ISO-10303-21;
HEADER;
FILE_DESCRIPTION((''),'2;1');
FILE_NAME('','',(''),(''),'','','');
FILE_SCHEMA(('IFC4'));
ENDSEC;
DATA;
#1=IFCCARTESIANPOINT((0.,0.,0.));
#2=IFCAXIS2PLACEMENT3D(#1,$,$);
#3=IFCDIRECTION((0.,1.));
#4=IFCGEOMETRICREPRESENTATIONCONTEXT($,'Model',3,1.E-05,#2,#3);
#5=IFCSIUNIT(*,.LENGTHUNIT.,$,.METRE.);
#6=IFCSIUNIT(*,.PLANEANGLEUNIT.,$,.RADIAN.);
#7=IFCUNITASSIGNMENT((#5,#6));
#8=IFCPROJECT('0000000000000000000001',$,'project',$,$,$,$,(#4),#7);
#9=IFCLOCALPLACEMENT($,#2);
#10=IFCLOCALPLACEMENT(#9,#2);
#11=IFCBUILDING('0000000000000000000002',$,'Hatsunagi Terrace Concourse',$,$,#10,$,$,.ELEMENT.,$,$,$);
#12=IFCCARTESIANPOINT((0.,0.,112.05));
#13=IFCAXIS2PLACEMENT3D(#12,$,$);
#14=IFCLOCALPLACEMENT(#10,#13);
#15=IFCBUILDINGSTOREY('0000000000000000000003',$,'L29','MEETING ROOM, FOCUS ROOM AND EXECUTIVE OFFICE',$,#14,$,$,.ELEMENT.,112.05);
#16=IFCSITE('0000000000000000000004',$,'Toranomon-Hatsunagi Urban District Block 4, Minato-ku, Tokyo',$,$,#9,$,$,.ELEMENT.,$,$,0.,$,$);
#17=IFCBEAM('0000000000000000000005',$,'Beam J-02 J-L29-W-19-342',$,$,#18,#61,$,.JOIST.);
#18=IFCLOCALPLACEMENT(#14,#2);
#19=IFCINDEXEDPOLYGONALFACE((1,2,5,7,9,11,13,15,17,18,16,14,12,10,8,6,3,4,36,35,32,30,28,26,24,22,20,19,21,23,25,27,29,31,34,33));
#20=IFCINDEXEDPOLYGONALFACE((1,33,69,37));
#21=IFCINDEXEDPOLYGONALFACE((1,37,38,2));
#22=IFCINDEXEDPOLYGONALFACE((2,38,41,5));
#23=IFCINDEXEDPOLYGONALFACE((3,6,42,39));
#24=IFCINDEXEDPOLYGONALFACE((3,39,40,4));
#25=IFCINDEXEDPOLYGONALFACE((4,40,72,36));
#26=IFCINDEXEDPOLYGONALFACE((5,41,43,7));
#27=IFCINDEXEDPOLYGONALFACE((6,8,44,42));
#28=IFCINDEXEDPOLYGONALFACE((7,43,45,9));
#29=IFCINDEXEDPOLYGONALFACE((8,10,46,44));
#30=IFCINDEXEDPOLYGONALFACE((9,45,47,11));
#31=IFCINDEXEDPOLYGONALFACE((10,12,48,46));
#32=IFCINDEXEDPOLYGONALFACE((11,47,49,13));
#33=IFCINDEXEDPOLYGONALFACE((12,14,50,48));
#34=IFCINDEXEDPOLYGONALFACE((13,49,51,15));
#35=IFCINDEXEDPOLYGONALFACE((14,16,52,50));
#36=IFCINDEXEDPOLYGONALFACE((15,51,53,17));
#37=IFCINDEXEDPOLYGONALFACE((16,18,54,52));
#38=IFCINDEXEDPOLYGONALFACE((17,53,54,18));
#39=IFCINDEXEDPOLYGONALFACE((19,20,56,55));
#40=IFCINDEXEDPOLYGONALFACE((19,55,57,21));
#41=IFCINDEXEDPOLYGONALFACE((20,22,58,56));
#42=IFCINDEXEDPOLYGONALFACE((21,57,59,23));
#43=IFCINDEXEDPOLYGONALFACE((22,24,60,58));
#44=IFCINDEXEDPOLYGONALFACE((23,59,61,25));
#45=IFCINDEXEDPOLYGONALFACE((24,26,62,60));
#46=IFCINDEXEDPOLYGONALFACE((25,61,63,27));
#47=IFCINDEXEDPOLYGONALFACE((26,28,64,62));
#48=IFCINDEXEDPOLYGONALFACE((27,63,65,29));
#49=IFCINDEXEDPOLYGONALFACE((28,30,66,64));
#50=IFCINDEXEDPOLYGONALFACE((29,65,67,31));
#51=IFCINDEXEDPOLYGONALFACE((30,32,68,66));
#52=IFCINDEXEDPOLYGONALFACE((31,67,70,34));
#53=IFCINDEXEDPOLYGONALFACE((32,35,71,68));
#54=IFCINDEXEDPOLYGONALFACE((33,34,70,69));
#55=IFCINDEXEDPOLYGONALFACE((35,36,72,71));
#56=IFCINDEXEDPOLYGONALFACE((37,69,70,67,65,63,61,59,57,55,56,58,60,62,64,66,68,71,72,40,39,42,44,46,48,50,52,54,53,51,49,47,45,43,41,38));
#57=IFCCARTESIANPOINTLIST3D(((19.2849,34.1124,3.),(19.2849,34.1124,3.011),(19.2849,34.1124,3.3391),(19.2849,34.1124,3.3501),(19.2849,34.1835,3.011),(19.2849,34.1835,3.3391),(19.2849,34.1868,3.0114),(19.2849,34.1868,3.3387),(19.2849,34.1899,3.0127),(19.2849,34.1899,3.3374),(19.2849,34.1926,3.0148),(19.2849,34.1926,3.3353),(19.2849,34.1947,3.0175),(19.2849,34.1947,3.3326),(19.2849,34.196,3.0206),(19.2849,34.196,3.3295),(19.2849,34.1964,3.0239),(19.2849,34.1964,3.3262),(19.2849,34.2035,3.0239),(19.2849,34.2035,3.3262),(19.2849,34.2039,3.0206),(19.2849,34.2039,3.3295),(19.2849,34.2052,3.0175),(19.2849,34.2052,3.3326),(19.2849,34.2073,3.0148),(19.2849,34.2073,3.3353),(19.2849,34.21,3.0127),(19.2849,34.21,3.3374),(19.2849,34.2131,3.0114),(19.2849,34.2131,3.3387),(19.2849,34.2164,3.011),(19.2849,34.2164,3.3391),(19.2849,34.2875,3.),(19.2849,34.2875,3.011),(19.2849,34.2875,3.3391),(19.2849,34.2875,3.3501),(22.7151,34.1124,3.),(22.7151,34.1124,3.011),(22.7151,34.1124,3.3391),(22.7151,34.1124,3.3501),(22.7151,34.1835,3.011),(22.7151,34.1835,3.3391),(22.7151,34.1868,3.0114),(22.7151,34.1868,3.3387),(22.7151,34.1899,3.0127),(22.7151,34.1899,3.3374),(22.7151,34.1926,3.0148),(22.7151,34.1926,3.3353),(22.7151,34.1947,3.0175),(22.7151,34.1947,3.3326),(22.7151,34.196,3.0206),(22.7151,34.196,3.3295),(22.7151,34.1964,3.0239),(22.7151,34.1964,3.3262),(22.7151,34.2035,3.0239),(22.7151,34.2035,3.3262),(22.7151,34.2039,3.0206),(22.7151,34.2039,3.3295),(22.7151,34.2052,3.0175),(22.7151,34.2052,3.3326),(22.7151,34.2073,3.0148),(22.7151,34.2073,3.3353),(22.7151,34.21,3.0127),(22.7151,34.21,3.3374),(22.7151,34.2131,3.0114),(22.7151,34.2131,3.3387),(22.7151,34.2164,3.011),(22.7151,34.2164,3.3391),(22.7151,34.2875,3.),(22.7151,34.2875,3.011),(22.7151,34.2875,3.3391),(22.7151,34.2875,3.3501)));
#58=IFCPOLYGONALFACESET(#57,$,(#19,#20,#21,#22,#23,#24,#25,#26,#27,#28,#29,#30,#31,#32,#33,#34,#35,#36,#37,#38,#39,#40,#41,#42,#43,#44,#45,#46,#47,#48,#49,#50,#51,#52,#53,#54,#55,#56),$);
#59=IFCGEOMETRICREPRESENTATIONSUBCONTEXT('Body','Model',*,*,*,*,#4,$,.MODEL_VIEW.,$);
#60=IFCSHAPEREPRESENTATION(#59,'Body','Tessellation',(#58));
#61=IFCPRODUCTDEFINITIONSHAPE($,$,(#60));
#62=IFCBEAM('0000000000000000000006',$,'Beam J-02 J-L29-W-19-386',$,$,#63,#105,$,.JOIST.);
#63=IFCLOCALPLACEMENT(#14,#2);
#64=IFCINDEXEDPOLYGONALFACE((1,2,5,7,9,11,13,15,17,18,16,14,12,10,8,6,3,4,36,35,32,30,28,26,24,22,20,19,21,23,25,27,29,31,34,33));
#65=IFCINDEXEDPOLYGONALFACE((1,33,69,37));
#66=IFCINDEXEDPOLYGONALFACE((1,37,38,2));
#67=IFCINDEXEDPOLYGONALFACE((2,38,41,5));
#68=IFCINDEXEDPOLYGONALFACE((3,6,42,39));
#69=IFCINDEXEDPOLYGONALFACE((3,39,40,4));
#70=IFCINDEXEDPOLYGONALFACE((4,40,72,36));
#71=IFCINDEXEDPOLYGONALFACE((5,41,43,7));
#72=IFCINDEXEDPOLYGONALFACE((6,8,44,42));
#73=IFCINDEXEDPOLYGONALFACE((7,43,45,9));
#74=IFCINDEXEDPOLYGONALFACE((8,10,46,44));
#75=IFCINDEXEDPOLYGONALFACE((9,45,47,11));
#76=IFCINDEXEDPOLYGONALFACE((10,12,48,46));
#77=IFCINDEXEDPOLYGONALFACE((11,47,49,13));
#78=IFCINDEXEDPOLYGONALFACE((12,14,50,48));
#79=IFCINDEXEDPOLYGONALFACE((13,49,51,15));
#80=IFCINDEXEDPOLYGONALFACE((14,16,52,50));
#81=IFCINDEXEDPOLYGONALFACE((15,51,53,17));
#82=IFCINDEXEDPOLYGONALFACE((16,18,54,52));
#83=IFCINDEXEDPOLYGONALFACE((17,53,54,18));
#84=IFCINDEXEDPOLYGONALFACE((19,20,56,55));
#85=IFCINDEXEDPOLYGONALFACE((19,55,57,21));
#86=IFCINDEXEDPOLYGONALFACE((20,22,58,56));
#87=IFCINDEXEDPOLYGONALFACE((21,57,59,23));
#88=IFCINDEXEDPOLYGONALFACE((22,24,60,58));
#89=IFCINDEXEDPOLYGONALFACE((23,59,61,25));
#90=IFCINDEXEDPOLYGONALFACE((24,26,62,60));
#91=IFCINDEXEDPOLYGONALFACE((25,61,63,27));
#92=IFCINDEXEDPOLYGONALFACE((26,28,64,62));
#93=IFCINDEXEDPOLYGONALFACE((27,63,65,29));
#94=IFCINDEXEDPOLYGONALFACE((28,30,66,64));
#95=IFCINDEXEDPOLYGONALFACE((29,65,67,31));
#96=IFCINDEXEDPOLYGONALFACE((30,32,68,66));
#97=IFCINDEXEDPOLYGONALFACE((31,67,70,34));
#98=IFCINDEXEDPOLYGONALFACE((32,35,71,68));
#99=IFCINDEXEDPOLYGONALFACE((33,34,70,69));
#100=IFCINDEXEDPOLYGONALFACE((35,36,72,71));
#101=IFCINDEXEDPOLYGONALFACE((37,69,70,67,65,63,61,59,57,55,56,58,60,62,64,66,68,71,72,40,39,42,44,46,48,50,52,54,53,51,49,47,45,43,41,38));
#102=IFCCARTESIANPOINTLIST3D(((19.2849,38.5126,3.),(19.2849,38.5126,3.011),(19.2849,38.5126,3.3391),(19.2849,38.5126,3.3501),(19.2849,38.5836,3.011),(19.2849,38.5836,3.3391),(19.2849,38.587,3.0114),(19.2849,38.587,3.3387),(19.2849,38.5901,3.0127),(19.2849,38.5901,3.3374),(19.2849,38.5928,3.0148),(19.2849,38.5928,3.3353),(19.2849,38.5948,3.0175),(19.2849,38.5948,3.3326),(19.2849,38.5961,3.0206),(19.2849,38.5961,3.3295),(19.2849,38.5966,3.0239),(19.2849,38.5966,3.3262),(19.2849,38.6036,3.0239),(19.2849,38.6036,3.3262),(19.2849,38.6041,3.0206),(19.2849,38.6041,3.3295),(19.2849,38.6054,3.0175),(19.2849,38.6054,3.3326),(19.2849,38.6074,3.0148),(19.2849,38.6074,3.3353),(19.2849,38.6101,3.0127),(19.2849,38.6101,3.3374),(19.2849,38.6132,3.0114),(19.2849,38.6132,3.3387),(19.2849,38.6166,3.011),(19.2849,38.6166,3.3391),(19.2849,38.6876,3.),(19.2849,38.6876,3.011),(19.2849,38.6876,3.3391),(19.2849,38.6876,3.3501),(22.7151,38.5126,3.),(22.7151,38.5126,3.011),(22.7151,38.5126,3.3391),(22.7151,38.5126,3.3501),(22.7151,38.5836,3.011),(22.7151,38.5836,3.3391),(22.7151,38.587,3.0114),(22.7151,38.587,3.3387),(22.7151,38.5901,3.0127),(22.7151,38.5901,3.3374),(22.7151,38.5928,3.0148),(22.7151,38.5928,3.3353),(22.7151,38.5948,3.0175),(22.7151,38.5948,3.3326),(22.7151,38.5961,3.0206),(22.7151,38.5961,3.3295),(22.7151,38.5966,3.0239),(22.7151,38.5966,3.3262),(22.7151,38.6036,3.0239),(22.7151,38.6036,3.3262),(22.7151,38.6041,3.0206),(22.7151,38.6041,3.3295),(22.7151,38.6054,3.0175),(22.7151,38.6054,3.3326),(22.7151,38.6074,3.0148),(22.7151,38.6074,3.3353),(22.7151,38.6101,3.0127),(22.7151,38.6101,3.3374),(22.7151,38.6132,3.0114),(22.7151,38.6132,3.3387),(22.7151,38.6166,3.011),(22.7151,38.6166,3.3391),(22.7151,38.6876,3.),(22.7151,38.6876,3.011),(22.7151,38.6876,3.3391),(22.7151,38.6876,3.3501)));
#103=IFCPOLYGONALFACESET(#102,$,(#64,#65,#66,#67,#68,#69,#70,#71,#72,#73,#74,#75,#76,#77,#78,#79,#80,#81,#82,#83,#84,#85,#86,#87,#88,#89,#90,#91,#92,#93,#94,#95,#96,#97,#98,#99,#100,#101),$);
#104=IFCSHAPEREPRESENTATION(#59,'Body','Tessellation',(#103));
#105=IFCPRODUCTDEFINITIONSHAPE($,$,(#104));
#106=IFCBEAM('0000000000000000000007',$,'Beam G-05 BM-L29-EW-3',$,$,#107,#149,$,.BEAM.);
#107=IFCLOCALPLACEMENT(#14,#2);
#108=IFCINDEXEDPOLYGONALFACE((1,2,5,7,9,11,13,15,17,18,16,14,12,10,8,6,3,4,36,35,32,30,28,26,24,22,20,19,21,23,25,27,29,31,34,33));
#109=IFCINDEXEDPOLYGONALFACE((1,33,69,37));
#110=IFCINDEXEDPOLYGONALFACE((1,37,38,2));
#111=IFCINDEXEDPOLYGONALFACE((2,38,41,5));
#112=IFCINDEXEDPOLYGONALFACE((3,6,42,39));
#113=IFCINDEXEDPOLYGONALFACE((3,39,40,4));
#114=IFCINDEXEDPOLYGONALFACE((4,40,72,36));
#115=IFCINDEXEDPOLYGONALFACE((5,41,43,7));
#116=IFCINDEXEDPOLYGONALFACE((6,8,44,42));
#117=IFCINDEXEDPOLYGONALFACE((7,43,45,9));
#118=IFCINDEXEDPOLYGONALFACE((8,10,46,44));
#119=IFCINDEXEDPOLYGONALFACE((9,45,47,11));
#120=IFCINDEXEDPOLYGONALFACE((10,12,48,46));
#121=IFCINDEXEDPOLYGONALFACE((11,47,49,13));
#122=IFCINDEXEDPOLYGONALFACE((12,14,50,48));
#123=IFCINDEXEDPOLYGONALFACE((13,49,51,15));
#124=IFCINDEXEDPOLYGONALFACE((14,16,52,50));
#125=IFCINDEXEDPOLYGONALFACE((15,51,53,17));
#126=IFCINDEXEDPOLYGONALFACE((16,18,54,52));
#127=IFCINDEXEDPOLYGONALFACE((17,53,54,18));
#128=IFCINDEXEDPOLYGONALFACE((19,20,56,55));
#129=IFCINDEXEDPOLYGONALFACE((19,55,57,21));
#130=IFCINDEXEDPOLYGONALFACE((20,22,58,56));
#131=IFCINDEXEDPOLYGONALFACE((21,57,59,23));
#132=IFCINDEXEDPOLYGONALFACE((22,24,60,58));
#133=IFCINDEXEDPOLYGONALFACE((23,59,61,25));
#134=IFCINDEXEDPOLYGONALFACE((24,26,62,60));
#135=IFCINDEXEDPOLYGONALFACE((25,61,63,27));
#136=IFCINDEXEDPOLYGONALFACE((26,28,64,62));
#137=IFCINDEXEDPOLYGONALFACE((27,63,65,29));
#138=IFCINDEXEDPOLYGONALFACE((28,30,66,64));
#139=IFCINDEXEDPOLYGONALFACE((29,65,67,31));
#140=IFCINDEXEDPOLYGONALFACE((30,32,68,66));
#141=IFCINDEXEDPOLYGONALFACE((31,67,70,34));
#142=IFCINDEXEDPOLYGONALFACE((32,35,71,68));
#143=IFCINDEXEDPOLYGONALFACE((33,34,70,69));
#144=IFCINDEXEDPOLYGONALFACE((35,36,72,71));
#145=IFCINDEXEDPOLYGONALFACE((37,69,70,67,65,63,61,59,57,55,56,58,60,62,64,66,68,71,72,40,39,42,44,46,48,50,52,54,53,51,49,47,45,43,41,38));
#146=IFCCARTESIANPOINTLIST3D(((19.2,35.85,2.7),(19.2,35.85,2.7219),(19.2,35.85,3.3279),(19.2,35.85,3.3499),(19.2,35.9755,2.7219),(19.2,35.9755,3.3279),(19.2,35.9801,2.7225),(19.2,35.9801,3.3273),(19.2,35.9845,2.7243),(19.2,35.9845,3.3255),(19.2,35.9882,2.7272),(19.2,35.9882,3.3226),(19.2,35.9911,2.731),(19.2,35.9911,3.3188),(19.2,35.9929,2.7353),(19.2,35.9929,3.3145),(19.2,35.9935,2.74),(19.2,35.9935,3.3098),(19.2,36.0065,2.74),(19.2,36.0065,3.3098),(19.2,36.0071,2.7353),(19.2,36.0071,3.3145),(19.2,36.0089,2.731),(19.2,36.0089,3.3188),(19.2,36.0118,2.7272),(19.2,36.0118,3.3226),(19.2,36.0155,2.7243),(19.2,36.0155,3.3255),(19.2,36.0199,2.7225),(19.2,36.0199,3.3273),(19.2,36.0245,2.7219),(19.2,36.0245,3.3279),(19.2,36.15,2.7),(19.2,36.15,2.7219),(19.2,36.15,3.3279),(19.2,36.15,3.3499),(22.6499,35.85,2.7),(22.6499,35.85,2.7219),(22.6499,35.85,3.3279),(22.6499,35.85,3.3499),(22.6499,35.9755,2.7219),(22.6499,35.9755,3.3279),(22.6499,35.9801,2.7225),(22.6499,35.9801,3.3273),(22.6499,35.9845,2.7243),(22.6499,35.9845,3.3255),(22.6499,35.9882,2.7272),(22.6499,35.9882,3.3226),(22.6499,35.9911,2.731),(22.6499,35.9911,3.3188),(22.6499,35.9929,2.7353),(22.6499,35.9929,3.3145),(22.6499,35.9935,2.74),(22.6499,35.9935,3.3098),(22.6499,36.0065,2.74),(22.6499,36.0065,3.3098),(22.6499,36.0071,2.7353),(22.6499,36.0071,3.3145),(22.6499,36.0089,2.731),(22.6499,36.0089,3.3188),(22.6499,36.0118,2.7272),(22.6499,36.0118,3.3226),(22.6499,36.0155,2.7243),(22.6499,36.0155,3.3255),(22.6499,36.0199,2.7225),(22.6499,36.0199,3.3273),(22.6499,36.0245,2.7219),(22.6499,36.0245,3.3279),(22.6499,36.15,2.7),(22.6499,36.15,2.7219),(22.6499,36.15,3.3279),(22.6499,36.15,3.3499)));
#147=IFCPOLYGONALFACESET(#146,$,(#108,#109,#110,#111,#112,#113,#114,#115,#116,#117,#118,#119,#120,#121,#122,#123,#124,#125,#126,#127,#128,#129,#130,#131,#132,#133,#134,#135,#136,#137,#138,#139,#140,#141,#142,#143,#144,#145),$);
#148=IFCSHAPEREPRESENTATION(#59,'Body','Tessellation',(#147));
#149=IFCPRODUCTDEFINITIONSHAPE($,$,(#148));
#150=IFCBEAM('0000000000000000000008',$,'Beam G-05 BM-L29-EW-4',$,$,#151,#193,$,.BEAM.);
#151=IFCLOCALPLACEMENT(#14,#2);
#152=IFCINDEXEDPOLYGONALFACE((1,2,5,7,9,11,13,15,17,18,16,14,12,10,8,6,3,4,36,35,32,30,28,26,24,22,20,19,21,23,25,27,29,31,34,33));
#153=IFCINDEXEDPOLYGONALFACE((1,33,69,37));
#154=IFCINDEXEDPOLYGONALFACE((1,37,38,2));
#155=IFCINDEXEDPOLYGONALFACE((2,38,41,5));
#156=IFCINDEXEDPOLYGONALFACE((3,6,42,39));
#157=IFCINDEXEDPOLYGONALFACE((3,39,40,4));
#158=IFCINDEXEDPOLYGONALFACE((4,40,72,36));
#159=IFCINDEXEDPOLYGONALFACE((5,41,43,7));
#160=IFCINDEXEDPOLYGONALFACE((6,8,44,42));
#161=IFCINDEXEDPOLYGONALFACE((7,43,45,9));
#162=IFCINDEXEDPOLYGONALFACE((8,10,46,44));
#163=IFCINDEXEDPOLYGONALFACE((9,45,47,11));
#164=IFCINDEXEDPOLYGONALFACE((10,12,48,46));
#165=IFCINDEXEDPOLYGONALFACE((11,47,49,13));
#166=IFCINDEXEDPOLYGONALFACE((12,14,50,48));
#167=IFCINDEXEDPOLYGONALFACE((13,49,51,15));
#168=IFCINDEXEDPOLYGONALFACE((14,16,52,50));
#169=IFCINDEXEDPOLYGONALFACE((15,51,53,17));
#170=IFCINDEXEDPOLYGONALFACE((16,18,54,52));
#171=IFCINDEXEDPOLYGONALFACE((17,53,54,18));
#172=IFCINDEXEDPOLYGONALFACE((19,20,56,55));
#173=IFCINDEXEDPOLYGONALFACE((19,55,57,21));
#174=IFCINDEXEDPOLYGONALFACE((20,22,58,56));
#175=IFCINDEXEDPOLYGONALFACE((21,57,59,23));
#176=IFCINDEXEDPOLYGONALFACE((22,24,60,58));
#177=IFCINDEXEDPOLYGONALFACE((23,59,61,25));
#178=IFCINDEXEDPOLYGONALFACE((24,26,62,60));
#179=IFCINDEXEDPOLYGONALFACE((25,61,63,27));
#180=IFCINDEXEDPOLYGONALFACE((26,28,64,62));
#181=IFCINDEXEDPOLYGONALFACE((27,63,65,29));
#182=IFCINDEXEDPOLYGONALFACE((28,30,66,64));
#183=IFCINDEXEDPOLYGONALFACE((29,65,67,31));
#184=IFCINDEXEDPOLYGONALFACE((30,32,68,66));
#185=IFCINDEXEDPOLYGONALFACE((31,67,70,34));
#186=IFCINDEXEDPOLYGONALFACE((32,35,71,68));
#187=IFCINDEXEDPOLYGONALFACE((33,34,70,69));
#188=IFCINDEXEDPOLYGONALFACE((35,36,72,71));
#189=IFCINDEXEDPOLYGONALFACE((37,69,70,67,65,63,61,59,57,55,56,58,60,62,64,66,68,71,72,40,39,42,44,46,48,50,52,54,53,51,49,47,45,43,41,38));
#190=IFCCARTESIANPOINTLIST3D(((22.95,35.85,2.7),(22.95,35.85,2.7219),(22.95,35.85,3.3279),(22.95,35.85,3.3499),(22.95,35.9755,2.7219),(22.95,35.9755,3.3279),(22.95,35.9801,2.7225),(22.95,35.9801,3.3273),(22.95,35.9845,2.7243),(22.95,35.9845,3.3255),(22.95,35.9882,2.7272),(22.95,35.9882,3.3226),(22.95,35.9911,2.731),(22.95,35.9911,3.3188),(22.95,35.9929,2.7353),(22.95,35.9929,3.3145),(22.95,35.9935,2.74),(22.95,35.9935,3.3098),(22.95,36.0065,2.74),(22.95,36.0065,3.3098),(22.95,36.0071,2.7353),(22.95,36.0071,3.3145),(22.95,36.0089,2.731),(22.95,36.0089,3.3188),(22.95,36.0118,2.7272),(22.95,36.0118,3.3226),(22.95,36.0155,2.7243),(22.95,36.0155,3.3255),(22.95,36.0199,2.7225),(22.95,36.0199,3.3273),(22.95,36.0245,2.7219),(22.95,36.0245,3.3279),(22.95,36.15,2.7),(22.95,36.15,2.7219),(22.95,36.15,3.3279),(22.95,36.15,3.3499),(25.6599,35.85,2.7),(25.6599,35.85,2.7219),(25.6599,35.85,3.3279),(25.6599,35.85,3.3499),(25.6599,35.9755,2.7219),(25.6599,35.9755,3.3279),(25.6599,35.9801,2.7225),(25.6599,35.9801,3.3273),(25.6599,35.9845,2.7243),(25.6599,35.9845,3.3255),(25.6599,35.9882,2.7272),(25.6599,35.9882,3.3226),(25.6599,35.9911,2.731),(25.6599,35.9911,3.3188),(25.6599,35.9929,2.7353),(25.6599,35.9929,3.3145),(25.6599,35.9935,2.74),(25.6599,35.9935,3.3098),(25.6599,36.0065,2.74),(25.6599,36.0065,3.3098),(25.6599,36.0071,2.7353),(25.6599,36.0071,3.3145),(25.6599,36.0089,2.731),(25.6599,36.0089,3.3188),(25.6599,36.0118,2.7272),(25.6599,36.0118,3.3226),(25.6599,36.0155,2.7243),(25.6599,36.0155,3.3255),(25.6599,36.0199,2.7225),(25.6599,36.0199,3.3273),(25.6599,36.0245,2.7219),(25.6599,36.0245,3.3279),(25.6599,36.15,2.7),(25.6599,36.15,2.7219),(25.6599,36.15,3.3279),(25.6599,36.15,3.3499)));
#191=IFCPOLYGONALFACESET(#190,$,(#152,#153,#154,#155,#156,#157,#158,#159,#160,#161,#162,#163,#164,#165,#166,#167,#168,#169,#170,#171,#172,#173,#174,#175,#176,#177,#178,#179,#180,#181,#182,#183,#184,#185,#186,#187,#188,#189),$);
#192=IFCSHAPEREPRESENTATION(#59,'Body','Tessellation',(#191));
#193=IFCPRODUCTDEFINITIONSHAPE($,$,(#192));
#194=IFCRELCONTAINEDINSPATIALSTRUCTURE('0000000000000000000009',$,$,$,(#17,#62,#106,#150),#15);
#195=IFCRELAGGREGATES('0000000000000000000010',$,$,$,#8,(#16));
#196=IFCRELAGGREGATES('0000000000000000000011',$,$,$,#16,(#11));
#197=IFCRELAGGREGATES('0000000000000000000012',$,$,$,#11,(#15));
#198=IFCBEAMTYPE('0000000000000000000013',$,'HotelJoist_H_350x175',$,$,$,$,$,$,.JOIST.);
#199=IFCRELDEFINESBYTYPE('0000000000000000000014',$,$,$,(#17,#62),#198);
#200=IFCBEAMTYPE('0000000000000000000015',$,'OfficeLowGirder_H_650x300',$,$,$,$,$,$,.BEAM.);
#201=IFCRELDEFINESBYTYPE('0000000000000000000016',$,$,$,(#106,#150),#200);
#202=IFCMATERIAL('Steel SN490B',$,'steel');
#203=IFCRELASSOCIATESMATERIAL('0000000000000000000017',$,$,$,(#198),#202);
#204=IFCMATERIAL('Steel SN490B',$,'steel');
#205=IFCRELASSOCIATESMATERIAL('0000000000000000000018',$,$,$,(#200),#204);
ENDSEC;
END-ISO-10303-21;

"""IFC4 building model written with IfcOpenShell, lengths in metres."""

from ifc_helpers import new_model, si_unit, direction, frame, origin, origin_2d, place, context, subcontext, project, spatial, i_section, extrude, material, material_profile, profile_set, type_object, element, save


model = new_model("IFC4")

# Units and contexts
model_context = context("Model", 3, precision=1e-05, world=origin(), true_north=direction((0.0, 1.0)))
body_context = subcontext(model_context, "Body", "Model", "MODEL_VIEW")
ifc_project = project(units=[si_unit("LENGTHUNIT", "METRE"), si_unit("PLANEANGLEUNIT", "RADIAN")], contexts=[model_context])

# Site, building, storey
site_placement = place(None, origin())
site = spatial("IfcSite", under=ifc_project, at=site_placement, Name="Toranomon-Hatsunagi Urban District Block 4, Minato-ku, Tokyo", CompositionType="ELEMENT", RefElevation=0.0)
building_placement = place(site_placement, origin())
building = spatial("IfcBuilding", under=site, at=building_placement, Name="Hatsunagi Terrace Concourse", CompositionType="ELEMENT")
storey_placement = place(building_placement, frame((0.0, 0.0, 112.05)))
storey = spatial("IfcBuildingStorey", under=building, at=storey_placement, Name="L29", Description="MEETING ROOM, FOCUS ROOM AND EXECUTIVE OFFICE", CompositionType="ELEMENT", Elevation=112.05)

# Beams
ifc_material_1 = material(Name="Steel SN490B", Category="steel")
ifc_material_profile_1 = material_profile(ifc_material_1, i_section(OverallWidth=0.175, OverallDepth=0.3501, WebThickness=0.0071, FlangeThickness=0.011, FilletRadius=0.0129, at=origin_2d()), Name="H-350x175x7x11")
ifc_profile_set_1 = profile_set([ifc_material_profile_1], Name="Steel SN490B")
beam_type_1 = type_object("IfcBeamType", Name="HotelJoist_H_350x175", PredefinedType="JOIST", material=ifc_profile_set_1)
for number, where, z_axis, x_axis, name in (
    (1, (19.2849, 34.2, 3.175), (1.0, 0.0, 0.0), (0.0, 1.0, 0.0), "Beam J-02 J-L29-W-19-342"),
    (2, (19.2849, 38.6001, 3.175), (1.0, 0.0, 0.0), (0.0, 1.0, 0.0), "Beam J-02 J-L29-W-19-386"),
):
    element("IfcBeam", number, at=place(storey_placement, frame(where, z_axis=z_axis, x_axis=x_axis)), inside=storey, type_object=beam_type_1, Name=name, PredefinedType="JOIST", context=body_context, shape_type="SweptSolid", body=[
        extrude(i_section(OverallWidth=0.175, OverallDepth=0.3501, WebThickness=0.0071, FlangeThickness=0.011, FilletRadius=0.0129, at=origin_2d()), origin(), (0.0, 0.0, 1.0), 3.4302),
    ])
ifc_material_2 = material(Name="Steel SN490B", Category="steel")
ifc_material_profile_2 = material_profile(ifc_material_2, i_section(OverallWidth=0.3, OverallDepth=0.6499, WebThickness=0.0129, FlangeThickness=0.022, FilletRadius=0.0181, at=origin_2d()), Name="H-650x300x13x22")
ifc_profile_set_2 = profile_set([ifc_material_profile_2], Name="Steel SN490B")
beam_type_2 = type_object("IfcBeamType", Name="OfficeLowGirder_H_650x300", PredefinedType="BEAM", material=ifc_profile_set_2)
beam_1_placement = place(storey_placement, frame((19.2, 36.0, 3.0249), z_axis=(1.0, 0.0, 0.0), x_axis=(0.0, 1.0, 0.0)))
element("IfcBeam", 3, at=beam_1_placement, inside=storey, type_object=beam_type_2, Name="Beam G-05 BM-L29-EW-3", PredefinedType="BEAM", context=body_context, shape_type="SweptSolid", body=[
    extrude(i_section(OverallWidth=0.3, OverallDepth=0.6499, WebThickness=0.0129, FlangeThickness=0.022, FilletRadius=0.0181, at=origin_2d()), origin(), (0.0, 0.0, 1.0), 3.45),
])
beam_2_placement = place(storey_placement, frame((22.95, 36.0, 3.0249), z_axis=(1.0, 0.0, 0.0), x_axis=(0.0, 1.0, 0.0)))
element("IfcBeam", 4, at=beam_2_placement, inside=storey, type_object=beam_type_2, Name="Beam G-05 BM-L29-EW-4", PredefinedType="BEAM", context=body_context, shape_type="SweptSolid", body=[
    extrude(i_section(OverallWidth=0.3, OverallDepth=0.6499, WebThickness=0.0129, FlangeThickness=0.022, FilletRadius=0.0181, at=origin_2d()), origin(), (0.0, 0.0, 1.0), 2.71),
])

save(model, "model.ifc")
